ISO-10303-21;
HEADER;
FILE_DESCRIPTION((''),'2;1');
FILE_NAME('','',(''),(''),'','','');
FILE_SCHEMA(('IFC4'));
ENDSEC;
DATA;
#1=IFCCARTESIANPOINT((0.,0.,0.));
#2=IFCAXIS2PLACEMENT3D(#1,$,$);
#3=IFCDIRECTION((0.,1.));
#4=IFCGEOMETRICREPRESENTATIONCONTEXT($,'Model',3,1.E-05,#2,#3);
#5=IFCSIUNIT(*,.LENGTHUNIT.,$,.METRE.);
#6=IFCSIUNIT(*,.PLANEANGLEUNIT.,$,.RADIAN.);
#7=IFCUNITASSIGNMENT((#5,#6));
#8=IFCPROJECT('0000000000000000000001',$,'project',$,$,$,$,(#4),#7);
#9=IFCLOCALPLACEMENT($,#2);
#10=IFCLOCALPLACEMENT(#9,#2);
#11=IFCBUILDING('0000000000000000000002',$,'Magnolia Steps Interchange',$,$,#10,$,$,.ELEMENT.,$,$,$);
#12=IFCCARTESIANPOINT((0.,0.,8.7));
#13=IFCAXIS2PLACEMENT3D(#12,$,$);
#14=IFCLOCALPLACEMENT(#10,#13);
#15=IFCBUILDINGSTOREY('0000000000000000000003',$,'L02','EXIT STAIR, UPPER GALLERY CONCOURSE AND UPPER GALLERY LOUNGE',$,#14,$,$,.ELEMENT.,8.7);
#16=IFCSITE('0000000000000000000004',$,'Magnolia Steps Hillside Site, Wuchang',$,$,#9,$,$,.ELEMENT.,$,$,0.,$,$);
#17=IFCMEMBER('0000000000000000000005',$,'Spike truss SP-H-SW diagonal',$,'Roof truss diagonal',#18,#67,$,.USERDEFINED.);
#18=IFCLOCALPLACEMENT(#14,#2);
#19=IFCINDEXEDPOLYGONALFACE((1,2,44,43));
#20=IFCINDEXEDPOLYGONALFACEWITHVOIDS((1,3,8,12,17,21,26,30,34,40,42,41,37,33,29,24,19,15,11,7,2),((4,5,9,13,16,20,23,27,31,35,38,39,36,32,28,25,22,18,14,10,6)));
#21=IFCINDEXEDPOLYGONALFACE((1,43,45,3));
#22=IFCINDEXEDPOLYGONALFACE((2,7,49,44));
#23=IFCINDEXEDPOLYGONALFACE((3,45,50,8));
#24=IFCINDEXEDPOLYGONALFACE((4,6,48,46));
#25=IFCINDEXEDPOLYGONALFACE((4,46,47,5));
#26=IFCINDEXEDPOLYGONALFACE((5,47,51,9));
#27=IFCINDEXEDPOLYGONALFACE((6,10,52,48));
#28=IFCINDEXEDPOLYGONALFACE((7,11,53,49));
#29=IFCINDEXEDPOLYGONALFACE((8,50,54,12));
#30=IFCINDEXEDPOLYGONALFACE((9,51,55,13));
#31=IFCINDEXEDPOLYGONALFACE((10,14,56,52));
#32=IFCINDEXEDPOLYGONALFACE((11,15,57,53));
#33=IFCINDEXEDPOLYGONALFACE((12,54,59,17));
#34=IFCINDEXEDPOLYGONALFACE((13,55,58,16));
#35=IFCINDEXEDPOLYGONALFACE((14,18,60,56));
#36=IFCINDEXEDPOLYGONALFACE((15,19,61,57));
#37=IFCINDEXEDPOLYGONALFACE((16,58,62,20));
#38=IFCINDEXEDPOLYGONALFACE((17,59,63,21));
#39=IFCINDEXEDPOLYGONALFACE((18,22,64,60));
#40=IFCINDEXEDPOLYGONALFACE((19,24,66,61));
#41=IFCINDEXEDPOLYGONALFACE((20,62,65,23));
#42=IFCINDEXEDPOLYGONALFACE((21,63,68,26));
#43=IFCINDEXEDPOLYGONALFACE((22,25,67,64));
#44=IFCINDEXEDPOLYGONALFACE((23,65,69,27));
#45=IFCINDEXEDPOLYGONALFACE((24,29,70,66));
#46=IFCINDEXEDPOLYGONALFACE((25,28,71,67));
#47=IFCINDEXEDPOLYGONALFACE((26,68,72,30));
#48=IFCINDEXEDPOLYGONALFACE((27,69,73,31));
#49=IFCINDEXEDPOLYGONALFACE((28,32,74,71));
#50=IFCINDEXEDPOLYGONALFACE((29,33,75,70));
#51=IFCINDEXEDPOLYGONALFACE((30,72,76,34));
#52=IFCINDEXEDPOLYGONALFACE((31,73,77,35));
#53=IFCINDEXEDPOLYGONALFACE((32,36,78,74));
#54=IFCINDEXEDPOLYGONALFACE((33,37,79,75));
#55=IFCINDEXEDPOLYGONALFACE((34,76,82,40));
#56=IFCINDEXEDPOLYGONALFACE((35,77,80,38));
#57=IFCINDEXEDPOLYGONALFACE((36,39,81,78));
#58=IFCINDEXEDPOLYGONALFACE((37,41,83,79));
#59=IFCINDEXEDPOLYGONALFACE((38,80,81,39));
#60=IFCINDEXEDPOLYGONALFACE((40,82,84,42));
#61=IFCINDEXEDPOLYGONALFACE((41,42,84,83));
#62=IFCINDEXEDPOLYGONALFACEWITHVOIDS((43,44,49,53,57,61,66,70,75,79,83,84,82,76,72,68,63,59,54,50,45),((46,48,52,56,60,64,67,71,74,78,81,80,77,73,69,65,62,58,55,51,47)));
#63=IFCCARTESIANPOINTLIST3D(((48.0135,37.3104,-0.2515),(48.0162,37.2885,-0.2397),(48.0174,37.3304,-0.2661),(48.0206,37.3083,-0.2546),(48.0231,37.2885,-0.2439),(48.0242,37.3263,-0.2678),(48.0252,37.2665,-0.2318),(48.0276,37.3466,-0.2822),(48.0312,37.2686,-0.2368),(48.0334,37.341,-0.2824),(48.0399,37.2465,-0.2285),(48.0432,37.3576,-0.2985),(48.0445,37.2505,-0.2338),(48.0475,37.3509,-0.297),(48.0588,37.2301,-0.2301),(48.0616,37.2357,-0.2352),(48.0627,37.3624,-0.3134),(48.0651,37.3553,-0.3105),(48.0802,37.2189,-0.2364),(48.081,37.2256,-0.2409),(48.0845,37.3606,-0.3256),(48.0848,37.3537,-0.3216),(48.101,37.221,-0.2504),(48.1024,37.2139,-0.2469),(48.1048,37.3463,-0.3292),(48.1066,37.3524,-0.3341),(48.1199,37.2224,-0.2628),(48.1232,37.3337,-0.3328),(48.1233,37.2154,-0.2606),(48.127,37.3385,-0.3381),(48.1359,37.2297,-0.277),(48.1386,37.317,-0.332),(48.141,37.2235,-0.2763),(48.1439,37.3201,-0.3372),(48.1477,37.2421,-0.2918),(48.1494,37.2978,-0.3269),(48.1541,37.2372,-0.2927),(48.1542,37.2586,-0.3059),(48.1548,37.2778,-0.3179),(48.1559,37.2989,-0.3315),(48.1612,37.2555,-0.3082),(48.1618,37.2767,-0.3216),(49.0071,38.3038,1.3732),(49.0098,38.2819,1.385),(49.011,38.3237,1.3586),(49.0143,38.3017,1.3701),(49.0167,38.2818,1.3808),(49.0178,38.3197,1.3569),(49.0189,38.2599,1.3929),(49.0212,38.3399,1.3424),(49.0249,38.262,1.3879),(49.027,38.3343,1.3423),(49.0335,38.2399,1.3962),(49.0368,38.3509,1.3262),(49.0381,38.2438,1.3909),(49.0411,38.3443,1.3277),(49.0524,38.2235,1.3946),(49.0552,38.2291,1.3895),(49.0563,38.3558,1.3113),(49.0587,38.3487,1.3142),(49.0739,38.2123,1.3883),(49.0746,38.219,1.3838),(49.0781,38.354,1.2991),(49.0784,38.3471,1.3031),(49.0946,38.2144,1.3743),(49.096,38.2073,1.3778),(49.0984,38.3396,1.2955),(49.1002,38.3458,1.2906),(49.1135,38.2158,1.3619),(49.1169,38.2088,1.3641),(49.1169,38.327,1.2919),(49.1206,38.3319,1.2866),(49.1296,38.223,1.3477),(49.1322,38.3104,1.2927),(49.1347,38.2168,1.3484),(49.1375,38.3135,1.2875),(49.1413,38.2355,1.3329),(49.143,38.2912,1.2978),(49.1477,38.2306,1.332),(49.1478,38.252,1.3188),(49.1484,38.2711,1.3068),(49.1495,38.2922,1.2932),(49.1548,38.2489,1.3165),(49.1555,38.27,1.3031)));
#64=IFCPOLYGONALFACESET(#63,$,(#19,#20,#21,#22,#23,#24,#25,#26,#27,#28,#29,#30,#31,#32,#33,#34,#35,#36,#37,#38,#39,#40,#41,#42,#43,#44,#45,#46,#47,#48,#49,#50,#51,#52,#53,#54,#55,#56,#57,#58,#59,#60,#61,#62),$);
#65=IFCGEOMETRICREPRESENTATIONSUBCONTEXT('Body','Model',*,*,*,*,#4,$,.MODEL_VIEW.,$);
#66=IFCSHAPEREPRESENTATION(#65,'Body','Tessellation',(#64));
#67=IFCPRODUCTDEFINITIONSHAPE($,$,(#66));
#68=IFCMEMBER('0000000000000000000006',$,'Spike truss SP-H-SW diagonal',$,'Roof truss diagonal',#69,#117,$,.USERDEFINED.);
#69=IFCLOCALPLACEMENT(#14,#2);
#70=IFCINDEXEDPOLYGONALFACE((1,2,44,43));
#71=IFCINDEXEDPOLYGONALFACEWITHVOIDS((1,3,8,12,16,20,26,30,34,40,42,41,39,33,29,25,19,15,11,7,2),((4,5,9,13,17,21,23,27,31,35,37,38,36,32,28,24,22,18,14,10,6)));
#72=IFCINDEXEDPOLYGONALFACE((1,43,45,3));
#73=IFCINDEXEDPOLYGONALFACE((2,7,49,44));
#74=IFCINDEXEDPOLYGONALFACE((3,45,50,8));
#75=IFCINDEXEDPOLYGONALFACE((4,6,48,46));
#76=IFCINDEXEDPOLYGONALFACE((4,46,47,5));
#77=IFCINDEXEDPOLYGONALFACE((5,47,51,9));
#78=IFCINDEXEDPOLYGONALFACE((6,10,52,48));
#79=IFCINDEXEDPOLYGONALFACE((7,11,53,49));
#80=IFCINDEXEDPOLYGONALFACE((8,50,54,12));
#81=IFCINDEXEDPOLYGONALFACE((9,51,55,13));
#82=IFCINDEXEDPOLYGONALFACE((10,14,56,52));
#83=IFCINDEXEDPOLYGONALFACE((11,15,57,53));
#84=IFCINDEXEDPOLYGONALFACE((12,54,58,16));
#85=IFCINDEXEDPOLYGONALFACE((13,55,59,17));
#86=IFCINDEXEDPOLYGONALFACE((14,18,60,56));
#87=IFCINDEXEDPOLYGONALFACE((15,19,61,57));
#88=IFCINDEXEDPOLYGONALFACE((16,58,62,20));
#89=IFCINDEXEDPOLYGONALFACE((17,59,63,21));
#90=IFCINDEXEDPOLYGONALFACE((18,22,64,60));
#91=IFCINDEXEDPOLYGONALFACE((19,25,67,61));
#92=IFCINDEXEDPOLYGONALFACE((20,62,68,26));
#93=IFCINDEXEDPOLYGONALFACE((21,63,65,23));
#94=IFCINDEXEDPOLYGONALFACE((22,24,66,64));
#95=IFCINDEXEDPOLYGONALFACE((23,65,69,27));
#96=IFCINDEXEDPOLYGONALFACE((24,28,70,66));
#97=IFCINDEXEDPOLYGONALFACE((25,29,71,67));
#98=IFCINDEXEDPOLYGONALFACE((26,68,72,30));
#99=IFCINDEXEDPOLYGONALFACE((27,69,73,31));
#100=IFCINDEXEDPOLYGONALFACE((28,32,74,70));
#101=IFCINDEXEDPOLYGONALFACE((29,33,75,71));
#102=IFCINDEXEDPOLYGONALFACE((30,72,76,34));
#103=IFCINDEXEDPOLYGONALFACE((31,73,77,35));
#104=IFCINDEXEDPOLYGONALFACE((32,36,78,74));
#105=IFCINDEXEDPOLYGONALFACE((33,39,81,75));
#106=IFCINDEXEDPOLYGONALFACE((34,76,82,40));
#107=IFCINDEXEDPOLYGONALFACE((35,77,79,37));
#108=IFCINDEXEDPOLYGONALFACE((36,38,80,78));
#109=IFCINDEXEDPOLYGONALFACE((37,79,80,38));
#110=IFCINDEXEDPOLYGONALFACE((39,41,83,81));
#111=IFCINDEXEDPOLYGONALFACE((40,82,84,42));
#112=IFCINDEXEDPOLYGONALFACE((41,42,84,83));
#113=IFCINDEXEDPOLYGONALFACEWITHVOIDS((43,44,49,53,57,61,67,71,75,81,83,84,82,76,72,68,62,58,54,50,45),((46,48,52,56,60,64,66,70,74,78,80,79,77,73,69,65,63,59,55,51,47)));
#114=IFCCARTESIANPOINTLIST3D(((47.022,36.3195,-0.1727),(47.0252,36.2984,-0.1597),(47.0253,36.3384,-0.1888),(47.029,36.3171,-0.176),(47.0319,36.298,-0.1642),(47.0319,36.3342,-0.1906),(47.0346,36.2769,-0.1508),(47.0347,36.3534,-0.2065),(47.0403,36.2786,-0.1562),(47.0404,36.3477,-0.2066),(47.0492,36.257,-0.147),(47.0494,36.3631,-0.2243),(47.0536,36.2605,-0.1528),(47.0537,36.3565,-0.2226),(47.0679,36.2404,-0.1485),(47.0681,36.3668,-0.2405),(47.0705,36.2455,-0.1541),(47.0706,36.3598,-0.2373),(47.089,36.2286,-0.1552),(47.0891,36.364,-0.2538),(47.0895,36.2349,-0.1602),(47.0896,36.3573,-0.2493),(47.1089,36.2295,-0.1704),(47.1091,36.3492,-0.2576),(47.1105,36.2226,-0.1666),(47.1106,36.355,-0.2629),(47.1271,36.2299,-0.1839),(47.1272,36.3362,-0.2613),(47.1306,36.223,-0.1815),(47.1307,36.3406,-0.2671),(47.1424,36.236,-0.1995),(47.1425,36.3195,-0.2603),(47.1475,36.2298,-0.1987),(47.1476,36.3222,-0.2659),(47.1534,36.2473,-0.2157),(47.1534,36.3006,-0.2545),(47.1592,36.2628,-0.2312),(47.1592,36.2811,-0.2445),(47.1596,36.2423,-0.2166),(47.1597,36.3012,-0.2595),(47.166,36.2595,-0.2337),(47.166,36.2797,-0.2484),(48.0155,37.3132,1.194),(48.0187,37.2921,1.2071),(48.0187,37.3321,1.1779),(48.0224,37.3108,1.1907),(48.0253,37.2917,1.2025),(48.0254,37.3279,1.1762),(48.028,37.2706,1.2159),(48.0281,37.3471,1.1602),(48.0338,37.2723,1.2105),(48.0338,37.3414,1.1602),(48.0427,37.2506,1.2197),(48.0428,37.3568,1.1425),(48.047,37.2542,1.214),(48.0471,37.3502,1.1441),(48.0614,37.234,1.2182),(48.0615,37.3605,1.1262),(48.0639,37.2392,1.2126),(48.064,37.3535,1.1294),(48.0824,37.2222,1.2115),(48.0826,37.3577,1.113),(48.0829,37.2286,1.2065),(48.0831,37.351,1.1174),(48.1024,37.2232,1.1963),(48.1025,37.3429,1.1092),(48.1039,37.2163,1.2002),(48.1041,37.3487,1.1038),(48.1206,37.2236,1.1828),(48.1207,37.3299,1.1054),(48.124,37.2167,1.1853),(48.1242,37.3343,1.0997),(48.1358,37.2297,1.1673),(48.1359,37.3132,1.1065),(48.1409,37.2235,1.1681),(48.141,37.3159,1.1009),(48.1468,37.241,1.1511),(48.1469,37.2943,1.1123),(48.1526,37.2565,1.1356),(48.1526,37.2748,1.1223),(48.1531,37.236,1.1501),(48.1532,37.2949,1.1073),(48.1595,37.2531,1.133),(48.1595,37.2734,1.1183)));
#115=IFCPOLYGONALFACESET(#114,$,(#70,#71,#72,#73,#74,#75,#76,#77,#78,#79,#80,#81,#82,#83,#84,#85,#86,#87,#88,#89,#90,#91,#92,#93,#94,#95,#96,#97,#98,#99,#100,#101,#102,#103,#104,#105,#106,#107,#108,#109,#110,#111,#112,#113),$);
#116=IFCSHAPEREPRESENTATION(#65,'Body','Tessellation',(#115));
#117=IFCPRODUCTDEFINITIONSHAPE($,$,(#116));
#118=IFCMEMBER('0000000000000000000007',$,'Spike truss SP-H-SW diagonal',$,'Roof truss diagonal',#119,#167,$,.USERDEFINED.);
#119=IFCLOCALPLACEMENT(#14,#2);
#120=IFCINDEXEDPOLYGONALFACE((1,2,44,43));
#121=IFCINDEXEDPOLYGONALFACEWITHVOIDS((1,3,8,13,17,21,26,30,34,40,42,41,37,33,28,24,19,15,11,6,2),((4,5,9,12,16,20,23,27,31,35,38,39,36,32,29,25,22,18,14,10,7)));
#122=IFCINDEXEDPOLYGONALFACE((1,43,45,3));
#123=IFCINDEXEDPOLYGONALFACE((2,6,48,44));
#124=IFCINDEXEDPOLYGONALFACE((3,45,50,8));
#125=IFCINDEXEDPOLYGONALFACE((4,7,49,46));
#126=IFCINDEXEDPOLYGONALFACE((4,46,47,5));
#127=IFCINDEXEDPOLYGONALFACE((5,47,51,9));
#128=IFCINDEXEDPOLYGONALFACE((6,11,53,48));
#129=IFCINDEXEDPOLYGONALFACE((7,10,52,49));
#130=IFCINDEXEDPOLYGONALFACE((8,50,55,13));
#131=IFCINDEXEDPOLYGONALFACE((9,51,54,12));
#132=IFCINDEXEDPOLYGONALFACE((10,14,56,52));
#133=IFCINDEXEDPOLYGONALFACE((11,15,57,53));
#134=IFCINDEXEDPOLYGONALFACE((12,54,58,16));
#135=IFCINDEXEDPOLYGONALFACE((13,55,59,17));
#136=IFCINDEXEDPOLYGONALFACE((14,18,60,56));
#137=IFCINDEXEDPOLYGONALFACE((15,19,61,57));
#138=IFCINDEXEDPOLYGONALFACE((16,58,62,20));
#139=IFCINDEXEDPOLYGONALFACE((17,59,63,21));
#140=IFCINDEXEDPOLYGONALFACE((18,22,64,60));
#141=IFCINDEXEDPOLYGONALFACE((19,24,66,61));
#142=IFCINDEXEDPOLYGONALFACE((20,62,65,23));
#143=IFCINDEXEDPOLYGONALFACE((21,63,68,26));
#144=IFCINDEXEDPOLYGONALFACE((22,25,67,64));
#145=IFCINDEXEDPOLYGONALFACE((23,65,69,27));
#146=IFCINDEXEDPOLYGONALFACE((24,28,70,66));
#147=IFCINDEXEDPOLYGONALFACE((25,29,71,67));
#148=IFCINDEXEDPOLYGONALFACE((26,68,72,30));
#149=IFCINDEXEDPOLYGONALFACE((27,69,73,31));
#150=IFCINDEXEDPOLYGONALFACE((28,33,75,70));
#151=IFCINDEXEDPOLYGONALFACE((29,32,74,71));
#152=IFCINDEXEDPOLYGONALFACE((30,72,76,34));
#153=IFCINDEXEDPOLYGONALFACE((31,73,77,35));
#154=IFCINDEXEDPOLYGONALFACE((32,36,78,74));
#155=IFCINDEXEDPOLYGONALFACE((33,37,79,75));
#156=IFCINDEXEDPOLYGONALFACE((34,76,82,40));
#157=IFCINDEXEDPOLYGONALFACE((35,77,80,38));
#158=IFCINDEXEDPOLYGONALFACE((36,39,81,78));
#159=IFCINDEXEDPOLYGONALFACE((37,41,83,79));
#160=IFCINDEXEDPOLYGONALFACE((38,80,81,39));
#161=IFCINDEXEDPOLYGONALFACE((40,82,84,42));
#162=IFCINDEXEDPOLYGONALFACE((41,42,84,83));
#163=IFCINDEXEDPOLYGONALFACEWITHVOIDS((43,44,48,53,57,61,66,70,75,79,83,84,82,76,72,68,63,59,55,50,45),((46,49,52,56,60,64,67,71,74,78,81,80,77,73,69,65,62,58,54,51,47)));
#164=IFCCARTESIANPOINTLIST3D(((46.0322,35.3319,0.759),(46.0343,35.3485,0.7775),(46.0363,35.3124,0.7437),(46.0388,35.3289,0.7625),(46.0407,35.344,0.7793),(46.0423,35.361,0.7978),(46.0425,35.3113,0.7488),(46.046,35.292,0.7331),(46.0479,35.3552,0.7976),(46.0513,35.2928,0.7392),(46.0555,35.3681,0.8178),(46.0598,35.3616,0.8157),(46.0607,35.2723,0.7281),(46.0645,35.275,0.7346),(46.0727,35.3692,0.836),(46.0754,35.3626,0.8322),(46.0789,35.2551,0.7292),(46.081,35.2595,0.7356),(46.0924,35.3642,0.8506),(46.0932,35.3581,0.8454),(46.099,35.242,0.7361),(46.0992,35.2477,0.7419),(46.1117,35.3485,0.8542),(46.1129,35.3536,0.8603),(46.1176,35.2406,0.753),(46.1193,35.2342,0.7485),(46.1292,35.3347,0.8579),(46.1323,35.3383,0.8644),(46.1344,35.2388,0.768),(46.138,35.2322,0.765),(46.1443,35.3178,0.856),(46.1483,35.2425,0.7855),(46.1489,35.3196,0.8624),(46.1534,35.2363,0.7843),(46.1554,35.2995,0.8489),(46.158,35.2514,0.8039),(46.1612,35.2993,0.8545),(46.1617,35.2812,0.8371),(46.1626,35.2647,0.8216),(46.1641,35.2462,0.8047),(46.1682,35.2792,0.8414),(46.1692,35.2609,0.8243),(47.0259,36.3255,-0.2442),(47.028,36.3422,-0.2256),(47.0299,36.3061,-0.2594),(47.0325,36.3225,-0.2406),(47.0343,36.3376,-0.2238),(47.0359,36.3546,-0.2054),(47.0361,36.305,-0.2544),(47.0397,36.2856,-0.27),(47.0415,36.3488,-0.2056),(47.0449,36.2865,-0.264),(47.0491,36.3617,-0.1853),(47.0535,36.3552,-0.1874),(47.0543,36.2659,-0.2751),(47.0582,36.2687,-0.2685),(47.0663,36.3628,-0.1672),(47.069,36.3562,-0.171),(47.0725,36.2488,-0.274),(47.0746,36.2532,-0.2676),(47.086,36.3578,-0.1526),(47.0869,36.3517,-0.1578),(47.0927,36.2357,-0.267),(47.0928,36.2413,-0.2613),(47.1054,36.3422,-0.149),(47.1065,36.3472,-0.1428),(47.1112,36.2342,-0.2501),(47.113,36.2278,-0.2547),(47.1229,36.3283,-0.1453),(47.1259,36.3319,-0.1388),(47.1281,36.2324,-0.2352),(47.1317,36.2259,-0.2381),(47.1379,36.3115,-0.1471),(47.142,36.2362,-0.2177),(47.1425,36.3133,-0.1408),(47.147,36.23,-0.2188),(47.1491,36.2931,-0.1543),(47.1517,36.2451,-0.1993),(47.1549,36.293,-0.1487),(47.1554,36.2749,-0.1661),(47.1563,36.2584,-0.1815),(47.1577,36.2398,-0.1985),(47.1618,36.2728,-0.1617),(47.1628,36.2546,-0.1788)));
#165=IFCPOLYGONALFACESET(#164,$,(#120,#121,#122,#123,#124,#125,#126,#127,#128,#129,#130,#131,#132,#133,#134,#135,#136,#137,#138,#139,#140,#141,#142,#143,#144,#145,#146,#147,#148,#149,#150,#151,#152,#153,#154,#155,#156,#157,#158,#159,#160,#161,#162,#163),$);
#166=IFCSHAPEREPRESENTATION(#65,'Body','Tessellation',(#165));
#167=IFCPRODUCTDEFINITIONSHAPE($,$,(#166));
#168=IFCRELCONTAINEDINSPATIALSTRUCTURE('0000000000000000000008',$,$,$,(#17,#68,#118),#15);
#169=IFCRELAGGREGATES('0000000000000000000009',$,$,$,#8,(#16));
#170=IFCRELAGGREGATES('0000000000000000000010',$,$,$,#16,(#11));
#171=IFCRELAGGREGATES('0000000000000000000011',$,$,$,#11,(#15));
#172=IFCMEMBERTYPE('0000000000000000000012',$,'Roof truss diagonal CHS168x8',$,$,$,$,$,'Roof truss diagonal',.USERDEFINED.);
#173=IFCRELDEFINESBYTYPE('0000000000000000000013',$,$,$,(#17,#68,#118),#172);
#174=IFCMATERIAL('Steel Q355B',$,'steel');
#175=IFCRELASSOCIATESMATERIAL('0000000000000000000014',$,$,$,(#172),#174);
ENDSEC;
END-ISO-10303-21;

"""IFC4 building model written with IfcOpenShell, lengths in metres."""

from ifc_helpers import new_model, si_unit, direction, frame, origin, origin_2d, place, context, subcontext, project, spatial, hollow_circle, extrude, material, material_profile, profile_set, type_object, element, save


model = new_model("IFC4")

# Units and contexts
model_context = context("Model", 3, precision=1e-05, world=origin(), true_north=direction((0.0, 1.0)))
body_context = subcontext(model_context, "Body", "Model", "MODEL_VIEW")
ifc_project = project(units=[si_unit("LENGTHUNIT", "METRE"), si_unit("PLANEANGLEUNIT", "RADIAN")], contexts=[model_context])

# Site, building, storey
site_placement = place(None, origin())
site = spatial("IfcSite", under=ifc_project, at=site_placement, Name="Magnolia Steps Hillside Site, Wuchang", CompositionType="ELEMENT", RefElevation=0.0)
building_placement = place(site_placement, origin())
building = spatial("IfcBuilding", under=site, at=building_placement, Name="Magnolia Steps Interchange", CompositionType="ELEMENT")
storey_placement = place(building_placement, frame((0.0, 0.0, 8.7)))
storey = spatial("IfcBuildingStorey", under=building, at=storey_placement, Name="L02", Description="EXIT STAIR, UPPER GALLERY CONCOURSE AND UPPER GALLERY LOUNGE", CompositionType="ELEMENT", Elevation=8.7)

# Members
ifc_material_1 = material(Name="Steel Q355B", Category="steel")
ifc_material_profile_1 = material_profile(ifc_material_1, hollow_circle(Radius=0.084, WallThickness=0.0081, at=origin_2d()), Name="CHS168x8")
ifc_profile_set_1 = profile_set([ifc_material_profile_1], Name="Steel Q355B")
member_type_1 = type_object("IfcMemberType", Name="Roof truss diagonal CHS168x8", ElementType="Roof truss diagonal", PredefinedType="USERDEFINED", material=ifc_profile_set_1)
member_1_placement = place(storey_placement, frame((49.0815, 38.2815, 1.3413), z_axis=(-0.462588, -0.462474, -0.756393), x_axis=(0.787469, -0.606297, -0.11089)))
element("IfcMember", 1, at=member_1_placement, inside=storey, type_object=member_type_1, Name="Spike truss SP-H-SW diagonal", ObjectType="Roof truss diagonal", PredefinedType="USERDEFINED", context=body_context, shape_type="SweptSolid", body=[
    extrude(hollow_circle(Radius=0.084, WallThickness=0.0081, at=origin_2d()), origin(), (0.0, 0.0, 1.0), 2.1479),
])
member_2_placement = place(storey_placement, frame((48.0879, 37.2881, 1.1597), z_axis=(-0.50681, -0.506934, -0.697253), x_axis=(0.776299, -0.620073, -0.113445)))
element("IfcMember", 2, at=member_2_placement, inside=storey, type_object=member_type_1, Name="Spike truss SP-H-SW diagonal", ObjectType="Roof truss diagonal", PredefinedType="USERDEFINED", context=body_context, shape_type="SweptSolid", body=[
    extrude(hollow_circle(Radius=0.084, WallThickness=0.0081, at=origin_2d()), origin(), (0.0, 0.0, 1.0), 1.9602),
])
member_3_placement = place(storey_placement, frame((47.0945, 36.2944, -0.207), z_axis=(-0.575506, -0.575506, 0.581021), x_axis=(0.625646, -0.767372, -0.140381)))
element("IfcMember", 3, at=member_3_placement, inside=storey, type_object=member_type_1, Name="Spike truss SP-H-SW diagonal", ObjectType="Roof truss diagonal", PredefinedType="USERDEFINED", context=body_context, shape_type="SweptSolid", body=[
    extrude(hollow_circle(Radius=0.084, WallThickness=0.0081, at=origin_2d()), origin(), (0.0, 0.0, 1.0), 1.7266),
])

save(model, "model.ifc")
